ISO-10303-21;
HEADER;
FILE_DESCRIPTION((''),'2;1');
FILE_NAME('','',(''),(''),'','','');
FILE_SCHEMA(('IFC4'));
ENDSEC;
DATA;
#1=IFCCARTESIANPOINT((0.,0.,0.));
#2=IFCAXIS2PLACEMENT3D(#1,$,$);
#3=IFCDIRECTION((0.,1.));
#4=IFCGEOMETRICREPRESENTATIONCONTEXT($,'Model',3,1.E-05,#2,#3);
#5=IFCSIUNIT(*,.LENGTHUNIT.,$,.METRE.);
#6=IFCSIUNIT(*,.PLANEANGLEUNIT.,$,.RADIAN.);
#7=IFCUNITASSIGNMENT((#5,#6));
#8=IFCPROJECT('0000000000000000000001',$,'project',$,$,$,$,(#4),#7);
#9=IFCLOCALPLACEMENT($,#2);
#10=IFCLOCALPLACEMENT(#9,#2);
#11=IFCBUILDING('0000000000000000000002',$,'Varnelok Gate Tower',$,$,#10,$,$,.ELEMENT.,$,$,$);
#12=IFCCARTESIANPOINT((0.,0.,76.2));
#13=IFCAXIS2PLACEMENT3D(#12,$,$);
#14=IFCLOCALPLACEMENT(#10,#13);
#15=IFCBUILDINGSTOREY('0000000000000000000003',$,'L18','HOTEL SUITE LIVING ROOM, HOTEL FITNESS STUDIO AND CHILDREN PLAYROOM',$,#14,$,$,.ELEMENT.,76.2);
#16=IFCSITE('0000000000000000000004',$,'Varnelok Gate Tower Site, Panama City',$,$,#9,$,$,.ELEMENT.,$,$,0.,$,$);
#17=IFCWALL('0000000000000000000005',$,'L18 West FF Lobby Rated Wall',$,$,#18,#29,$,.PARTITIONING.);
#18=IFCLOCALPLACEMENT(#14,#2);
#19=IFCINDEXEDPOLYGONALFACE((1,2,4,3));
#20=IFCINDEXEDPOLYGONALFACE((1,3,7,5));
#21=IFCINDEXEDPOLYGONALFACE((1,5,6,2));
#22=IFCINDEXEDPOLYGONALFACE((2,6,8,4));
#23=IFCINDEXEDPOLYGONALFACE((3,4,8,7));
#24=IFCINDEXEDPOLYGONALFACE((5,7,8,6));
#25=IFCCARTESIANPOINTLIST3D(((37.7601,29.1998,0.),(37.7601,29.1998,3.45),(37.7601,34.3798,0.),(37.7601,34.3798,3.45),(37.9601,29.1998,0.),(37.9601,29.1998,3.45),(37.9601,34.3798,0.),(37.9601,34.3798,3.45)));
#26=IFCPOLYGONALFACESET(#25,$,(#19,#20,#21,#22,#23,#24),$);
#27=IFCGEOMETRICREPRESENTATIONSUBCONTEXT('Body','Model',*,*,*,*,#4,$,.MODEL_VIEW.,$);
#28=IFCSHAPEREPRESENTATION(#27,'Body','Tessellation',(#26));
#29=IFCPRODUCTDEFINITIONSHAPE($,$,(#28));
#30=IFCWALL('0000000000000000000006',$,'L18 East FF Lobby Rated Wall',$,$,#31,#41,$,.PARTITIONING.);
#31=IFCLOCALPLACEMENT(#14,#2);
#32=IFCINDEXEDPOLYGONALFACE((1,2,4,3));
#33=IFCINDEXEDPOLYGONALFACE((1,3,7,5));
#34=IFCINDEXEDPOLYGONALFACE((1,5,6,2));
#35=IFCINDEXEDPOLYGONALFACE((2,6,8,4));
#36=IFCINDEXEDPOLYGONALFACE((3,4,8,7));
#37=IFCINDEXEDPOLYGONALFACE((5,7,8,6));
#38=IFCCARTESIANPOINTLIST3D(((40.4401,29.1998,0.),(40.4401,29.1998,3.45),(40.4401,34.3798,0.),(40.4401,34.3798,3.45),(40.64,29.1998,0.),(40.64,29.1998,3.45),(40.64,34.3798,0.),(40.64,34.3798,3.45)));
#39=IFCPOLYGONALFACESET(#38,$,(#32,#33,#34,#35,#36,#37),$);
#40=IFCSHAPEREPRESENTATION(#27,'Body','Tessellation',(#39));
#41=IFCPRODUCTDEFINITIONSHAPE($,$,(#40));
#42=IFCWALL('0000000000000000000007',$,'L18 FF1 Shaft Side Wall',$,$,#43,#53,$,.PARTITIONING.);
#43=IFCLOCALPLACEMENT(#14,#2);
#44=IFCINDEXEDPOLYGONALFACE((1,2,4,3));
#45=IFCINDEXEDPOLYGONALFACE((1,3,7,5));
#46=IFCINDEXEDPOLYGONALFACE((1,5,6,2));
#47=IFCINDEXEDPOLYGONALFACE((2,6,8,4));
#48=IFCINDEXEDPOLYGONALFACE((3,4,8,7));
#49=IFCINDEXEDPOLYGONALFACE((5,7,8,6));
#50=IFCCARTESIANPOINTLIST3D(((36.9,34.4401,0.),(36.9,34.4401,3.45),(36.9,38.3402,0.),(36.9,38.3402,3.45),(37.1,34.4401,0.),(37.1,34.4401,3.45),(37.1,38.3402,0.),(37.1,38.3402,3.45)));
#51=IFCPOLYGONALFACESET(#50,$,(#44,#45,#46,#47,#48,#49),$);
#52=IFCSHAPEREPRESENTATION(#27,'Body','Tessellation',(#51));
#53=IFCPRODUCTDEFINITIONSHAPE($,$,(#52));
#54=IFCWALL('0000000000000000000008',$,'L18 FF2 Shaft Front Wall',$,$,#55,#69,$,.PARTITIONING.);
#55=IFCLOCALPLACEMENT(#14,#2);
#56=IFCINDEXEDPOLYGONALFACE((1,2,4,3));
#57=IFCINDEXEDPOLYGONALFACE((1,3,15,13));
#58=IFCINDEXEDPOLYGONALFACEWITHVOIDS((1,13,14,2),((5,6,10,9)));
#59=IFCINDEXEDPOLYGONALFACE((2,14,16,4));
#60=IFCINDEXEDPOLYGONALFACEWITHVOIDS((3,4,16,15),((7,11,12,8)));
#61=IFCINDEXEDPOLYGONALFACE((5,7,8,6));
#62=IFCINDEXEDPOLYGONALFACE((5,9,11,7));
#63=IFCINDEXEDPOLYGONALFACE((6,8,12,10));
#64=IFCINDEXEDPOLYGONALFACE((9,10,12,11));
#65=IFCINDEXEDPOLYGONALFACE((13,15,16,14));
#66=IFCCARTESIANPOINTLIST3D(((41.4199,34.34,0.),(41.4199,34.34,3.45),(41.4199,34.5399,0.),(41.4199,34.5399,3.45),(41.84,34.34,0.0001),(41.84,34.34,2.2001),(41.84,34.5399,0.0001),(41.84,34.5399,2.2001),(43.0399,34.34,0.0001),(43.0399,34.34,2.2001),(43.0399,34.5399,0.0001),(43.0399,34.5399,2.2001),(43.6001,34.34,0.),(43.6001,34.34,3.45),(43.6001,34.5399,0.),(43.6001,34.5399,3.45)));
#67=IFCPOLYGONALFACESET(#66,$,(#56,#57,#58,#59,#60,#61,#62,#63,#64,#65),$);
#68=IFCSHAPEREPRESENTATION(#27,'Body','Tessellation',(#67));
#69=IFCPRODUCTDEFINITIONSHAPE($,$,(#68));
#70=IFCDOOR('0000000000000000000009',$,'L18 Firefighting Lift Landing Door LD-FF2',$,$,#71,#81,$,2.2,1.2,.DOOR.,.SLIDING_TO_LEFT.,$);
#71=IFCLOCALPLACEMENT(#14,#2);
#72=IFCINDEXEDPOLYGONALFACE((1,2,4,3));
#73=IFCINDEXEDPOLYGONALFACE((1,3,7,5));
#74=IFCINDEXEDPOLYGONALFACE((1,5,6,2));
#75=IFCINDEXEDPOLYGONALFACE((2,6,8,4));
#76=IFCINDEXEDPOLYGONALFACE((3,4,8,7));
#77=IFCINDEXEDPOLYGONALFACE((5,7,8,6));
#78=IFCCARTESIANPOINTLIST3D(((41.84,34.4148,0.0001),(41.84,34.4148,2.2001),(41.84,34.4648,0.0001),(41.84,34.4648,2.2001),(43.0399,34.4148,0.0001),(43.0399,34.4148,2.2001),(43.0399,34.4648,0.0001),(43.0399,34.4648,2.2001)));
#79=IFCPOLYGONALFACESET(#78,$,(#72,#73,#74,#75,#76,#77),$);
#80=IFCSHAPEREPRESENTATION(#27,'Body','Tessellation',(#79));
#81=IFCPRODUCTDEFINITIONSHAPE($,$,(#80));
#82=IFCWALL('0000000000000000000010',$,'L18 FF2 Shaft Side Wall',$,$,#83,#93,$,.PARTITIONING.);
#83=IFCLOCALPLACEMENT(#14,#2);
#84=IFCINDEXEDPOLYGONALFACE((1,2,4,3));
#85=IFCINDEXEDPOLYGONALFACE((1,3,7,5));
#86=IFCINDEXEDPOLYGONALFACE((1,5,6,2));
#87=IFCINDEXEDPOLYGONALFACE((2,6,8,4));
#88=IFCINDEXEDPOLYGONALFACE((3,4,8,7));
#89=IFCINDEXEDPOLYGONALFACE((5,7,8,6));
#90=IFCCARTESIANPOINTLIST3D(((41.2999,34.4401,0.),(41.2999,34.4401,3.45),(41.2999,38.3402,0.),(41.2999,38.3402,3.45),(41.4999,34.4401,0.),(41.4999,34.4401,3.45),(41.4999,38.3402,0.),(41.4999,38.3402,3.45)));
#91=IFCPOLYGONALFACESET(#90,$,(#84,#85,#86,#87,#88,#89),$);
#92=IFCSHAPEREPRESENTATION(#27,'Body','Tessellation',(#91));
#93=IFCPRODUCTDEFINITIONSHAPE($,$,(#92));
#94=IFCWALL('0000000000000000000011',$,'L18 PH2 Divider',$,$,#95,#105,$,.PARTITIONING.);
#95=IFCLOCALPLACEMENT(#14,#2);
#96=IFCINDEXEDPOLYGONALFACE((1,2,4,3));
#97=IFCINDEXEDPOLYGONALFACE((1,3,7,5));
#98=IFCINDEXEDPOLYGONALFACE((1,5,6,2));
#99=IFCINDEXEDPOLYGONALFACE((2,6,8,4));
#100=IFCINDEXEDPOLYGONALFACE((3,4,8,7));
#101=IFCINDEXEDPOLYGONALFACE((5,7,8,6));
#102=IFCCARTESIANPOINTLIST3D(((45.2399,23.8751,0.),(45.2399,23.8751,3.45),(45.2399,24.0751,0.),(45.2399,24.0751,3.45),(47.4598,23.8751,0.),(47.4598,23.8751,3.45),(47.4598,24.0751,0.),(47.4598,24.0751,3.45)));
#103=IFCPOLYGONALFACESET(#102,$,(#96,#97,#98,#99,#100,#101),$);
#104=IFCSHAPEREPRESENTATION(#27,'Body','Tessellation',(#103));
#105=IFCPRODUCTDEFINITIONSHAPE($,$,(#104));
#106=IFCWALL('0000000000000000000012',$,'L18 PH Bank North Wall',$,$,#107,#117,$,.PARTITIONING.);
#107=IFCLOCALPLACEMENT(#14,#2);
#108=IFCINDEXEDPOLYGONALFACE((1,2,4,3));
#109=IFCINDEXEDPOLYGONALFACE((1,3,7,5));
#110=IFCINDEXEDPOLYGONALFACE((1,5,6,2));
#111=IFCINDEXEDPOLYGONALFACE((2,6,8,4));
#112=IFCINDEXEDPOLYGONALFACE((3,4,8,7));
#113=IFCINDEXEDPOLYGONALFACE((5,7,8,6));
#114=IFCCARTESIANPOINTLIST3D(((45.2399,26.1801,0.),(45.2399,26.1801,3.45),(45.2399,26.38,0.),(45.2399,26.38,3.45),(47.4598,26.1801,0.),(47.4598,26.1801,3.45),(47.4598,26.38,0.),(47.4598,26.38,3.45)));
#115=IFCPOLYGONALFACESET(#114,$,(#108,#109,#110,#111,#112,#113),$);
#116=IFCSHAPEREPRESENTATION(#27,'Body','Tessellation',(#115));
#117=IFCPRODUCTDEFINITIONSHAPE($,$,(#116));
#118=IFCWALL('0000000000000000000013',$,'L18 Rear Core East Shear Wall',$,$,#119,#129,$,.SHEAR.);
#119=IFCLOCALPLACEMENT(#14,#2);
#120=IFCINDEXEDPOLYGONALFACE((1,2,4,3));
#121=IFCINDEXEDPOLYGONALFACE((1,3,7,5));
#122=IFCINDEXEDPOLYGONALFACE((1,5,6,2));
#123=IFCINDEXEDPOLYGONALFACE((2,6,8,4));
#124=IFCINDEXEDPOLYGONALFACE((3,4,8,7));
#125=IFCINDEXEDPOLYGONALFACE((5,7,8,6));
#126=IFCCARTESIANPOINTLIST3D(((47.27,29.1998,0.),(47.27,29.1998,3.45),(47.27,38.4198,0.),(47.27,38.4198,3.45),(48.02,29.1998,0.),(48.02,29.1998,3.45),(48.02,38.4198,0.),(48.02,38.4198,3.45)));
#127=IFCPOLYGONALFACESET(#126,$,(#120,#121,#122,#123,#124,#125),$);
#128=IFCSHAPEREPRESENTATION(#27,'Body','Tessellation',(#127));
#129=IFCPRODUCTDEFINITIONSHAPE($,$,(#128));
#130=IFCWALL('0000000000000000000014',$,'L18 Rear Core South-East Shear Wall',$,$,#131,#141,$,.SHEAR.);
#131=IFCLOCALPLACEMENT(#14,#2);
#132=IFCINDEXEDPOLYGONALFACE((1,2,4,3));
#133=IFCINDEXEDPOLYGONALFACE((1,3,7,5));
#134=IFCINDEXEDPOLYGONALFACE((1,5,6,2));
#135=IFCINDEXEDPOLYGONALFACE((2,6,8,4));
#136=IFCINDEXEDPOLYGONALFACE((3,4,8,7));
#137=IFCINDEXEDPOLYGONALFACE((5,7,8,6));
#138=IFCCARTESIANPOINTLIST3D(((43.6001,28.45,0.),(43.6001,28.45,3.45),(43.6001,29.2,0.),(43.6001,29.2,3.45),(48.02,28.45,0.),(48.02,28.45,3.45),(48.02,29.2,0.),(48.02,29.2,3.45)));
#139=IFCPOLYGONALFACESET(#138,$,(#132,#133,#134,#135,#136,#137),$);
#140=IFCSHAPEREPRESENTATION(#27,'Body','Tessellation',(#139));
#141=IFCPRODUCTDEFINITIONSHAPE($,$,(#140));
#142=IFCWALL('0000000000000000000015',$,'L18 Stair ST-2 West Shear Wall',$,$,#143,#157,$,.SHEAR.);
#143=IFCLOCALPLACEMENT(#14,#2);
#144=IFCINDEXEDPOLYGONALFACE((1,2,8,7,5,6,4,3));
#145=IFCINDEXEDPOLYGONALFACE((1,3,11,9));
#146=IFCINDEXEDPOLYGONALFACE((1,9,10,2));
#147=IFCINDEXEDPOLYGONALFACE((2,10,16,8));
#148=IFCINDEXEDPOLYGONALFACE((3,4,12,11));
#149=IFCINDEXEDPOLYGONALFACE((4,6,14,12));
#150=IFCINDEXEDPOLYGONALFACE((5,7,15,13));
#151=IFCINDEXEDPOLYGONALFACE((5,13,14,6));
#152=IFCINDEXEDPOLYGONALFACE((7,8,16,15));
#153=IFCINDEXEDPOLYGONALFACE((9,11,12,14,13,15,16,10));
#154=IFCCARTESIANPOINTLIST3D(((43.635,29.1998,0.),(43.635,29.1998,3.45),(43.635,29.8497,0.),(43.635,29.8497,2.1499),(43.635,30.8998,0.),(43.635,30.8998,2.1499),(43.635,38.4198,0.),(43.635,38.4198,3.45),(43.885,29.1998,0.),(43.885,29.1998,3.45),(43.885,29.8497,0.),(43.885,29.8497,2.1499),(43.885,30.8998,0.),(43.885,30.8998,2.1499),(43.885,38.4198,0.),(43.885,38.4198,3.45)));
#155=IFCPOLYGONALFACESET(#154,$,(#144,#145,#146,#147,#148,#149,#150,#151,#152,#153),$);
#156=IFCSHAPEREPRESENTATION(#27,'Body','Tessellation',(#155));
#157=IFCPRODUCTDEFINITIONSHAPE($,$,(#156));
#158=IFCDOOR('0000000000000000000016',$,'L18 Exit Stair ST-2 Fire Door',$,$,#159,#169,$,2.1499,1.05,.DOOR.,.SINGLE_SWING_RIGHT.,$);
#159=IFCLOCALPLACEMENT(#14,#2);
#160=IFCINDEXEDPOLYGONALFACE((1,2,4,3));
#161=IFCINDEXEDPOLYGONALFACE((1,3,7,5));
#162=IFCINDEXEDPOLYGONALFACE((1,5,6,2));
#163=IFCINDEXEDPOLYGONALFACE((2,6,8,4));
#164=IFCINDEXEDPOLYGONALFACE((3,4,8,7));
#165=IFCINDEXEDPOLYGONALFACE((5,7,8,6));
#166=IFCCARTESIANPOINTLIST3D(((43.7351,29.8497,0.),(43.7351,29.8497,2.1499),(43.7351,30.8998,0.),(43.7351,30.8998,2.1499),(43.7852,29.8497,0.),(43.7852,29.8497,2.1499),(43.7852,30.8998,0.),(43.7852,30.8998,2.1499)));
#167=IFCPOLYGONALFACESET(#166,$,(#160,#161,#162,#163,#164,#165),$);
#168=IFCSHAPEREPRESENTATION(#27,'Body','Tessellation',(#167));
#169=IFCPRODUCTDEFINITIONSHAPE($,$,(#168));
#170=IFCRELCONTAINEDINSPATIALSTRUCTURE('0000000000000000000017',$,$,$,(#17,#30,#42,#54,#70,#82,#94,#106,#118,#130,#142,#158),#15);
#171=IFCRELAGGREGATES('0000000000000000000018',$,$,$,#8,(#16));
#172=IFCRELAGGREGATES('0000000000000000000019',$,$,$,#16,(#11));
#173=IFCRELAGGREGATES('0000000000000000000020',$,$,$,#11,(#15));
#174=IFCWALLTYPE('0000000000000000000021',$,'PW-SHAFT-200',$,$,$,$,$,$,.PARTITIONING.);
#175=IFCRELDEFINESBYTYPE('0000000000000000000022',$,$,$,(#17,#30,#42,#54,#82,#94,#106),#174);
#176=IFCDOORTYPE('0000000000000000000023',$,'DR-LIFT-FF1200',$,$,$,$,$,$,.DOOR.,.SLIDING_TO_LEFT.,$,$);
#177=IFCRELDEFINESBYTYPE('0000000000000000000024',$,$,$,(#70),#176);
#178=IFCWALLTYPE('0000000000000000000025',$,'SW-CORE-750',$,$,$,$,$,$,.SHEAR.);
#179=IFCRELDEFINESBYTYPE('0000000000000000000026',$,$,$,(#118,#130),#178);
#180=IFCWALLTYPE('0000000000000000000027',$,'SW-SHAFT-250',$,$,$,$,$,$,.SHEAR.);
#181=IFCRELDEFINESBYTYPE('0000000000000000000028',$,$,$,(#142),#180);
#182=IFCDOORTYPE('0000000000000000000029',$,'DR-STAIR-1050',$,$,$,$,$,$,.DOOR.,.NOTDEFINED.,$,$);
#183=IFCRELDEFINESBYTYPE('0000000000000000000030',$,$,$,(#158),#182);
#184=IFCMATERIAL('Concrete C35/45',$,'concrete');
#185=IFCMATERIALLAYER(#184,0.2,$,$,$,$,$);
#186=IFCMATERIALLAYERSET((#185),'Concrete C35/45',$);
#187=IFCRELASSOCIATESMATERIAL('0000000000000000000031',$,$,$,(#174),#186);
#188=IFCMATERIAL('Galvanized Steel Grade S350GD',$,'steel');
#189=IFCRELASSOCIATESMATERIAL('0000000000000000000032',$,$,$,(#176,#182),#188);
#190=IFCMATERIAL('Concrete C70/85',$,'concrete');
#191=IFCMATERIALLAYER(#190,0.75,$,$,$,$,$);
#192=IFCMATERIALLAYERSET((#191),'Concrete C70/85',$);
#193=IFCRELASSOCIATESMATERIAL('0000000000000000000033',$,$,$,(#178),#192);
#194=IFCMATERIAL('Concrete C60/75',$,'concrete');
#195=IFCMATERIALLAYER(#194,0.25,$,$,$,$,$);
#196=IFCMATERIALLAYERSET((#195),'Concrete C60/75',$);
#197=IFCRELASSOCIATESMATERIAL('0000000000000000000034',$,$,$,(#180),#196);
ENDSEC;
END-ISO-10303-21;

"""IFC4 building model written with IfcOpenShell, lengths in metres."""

from ifc_helpers import new_model, si_unit, direction, frame, frame_2d, origin, place, context, subcontext, project, spatial, rectangle, extrude, material, layer, layer_set, type_object, element, fill, save


model = new_model("IFC4")

# Units and contexts
model_context = context("Model", 3, precision=1e-05, world=origin(), true_north=direction((0.0, 1.0)))
body_context = subcontext(model_context, "Body", "Model", "MODEL_VIEW")
ifc_project = project(units=[si_unit("LENGTHUNIT", "METRE"), si_unit("PLANEANGLEUNIT", "RADIAN")], contexts=[model_context])

# Site, building, storey
site_placement = place(None, origin())
site = spatial("IfcSite", under=ifc_project, at=site_placement, Name="Varnelok Gate Tower Site, Panama City", CompositionType="ELEMENT", RefElevation=0.0)
building_placement = place(site_placement, origin())
building = spatial("IfcBuilding", under=site, at=building_placement, Name="Varnelok Gate Tower", CompositionType="ELEMENT")
storey_placement = place(building_placement, frame((0.0, 0.0, 76.2)))
storey = spatial("IfcBuildingStorey", under=building, at=storey_placement, Name="L18", Description="HOTEL SUITE LIVING ROOM, HOTEL FITNESS STUDIO AND CHILDREN PLAYROOM", CompositionType="ELEMENT", Elevation=76.2)

# Shared definitions
ifc_material_1 = material(Name="Concrete C70/85", Category="concrete")

# Shared definitions
ifc_material_2 = material(Name="Galvanized Steel Grade S350GD", Category="steel")

# Walls
ifc_material_3 = material(Name="Concrete C35/45", Category="concrete")
ifc_layer_1 = layer(ifc_material_3, 0.2)
ifc_layer_set_1 = layer_set([ifc_layer_1], Name="Concrete C35/45")
wall_type_1 = type_object("IfcWallType", Name="PW-SHAFT-200", PredefinedType="PARTITIONING", material=ifc_layer_set_1)
for number, where, z_axis, x_axis, name in (
    (1, (37.8601, 29.2, 0.0), (0.0, 0.0, 1.0), (0.0, 1.0, 0.0), "L18 West FF Lobby Rated Wall"),
    (2, (40.54, 29.2, 0.0), (0.0, 0.0, 1.0), (0.0, 1.0, 0.0), "L18 East FF Lobby Rated Wall"),
):
    element("IfcWall", number, at=place(storey_placement, frame(where, z_axis=z_axis, x_axis=x_axis)), inside=storey, type_object=wall_type_1, Name=name, PredefinedType="PARTITIONING", context=body_context, shape_type="SweptSolid", body=[
        extrude(rectangle(XDim=5.1799, YDim=0.2, at=frame_2d((2.5898, 0.0))), origin(), (0.0, 0.0, 1.0), 3.45),
    ])
wall_1_placement = place(storey_placement, frame((37.0, 34.4399, 0.0), z_axis=(0.0, 0.0, 1.0), x_axis=(0.0, 1.0, 0.0)))
element("IfcWall", 3, at=wall_1_placement, inside=storey, type_object=wall_type_1, Name="L18 FF1 Shaft Side Wall", PredefinedType="PARTITIONING", context=body_context, shape_type="SweptSolid", body=[
    extrude(rectangle(XDim=3.9001, YDim=0.2, at=frame_2d((1.9502, 0.0))), origin(), (0.0, 0.0, 1.0), 3.45),
])

# Wall, opening, door
wall_2_placement = place(storey_placement, frame((41.4199, 34.4399, 0.0), z_axis=(0.0, 0.0, 1.0), x_axis=(1.0, 0.0, 0.0)))
wall_2 = element("IfcWall", 4, at=wall_2_placement, inside=storey, type_object=wall_type_1, Name="L18 FF2 Shaft Front Wall", PredefinedType="PARTITIONING", context=body_context, shape_type="SweptSolid", body=[
    extrude(rectangle(XDim=2.1802, YDim=0.2, at=frame_2d((1.0901, 0.0))), origin(), (0.0, 0.0, 1.0), 3.45),
])
opening_1_placement = place(wall_2_placement, frame((0.4199, 0.0, 0.0)))
opening_1 = element("IfcOpeningElement", 5, at=opening_1_placement, cuts=wall_2, PredefinedType="OPENING", context=body_context, shape_type="SweptSolid", body=[
    extrude(rectangle(XDim=1.2, YDim=2.2, at=frame_2d((0.6001, 1.1001))), frame((0.0, 0.1099, 0.0), z_axis=(0.0, -1.0, 0.0), x_axis=(1.0, 0.0, 0.0)), (0.0, 0.0, 1.0), 0.22),
])
door_type_1 = type_object("IfcDoorType", Name="DR-LIFT-FF1200", OperationType="SLIDING_TO_LEFT", PredefinedType="DOOR", material=ifc_material_2)
door_1_placement = place(opening_1_placement, origin())
door_1 = element("IfcDoor", 6, at=door_1_placement, inside=storey, type_object=door_type_1, Name="L18 Firefighting Lift Landing Door LD-FF2", OperationType="SLIDING_TO_LEFT", OverallHeight=2.2, OverallWidth=1.2, PredefinedType="DOOR", context=body_context, shape_type="SweptSolid", body=[
    extrude(rectangle(XDim=1.2, YDim=2.2, at=frame_2d((0.6001, 1.1001))), frame((0.0, 0.0249, 0.0), z_axis=(0.0, -1.0, 0.0), x_axis=(1.0, 0.0, 0.0)), (0.0, 0.0, 1.0), 0.05),
])
fill(opening_1, door_1)

# Walls
wall_3_placement = place(storey_placement, frame((41.3999, 34.4399, 0.0), z_axis=(0.0, 0.0, 1.0), x_axis=(0.0, 1.0, 0.0)))
element("IfcWall", 7, at=wall_3_placement, inside=storey, type_object=wall_type_1, Name="L18 FF2 Shaft Side Wall", PredefinedType="PARTITIONING", context=body_context, shape_type="SweptSolid", body=[
    extrude(rectangle(XDim=3.9001, YDim=0.2, at=frame_2d((1.9502, 0.0))), origin(), (0.0, 0.0, 1.0), 3.45),
])
for number, where, z_axis, x_axis, name in (
    (8, (45.24, 23.9751, 0.0), (0.0, 0.0, 1.0), (1.0, 0.0, 0.0), "L18 PH2 Divider"),
    (9, (45.24, 26.28, 0.0), (0.0, 0.0, 1.0), (1.0, 0.0, 0.0), "L18 PH Bank North Wall"),
):
    element("IfcWall", number, at=place(storey_placement, frame(where, z_axis=z_axis, x_axis=x_axis)), inside=storey, type_object=wall_type_1, Name=name, PredefinedType="PARTITIONING", context=body_context, shape_type="SweptSolid", body=[
        extrude(rectangle(XDim=2.22, YDim=0.2, at=frame_2d((1.1099, 0.0))), origin(), (0.0, 0.0, 1.0), 3.45),
    ])
ifc_layer_2 = layer(ifc_material_1, 0.75)
ifc_layer_set_2 = layer_set([ifc_layer_2], Name="Concrete C70/85")
wall_type_2 = type_object("IfcWallType", Name="SW-CORE-750", PredefinedType="SHEAR", material=ifc_layer_set_2)
wall_4_placement = place(storey_placement, frame((47.645, 29.2, 0.0), z_axis=(0.0, 0.0, 1.0), x_axis=(0.0, 1.0, 0.0)))
element("IfcWall", 10, at=wall_4_placement, inside=storey, type_object=wall_type_2, Name="L18 Rear Core East Shear Wall", PredefinedType="SHEAR", context=body_context, shape_type="SweptSolid", body=[
    extrude(rectangle(XDim=9.22, YDim=0.75, at=frame_2d((4.6099, 0.0))), origin(), (0.0, 0.0, 1.0), 3.45),
])
wall_5_placement = place(storey_placement, frame((43.6001, 28.825, 0.0), z_axis=(0.0, 0.0, 1.0), x_axis=(1.0, 0.0, 0.0)))
element("IfcWall", 11, at=wall_5_placement, inside=storey, type_object=wall_type_2, Name="L18 Rear Core South-East Shear Wall", PredefinedType="SHEAR", context=body_context, shape_type="SweptSolid", body=[
    extrude(rectangle(XDim=4.4199, YDim=0.75, at=frame_2d((2.21, 0.0))), origin(), (0.0, 0.0, 1.0), 3.45),
])

# Wall, opening, door
ifc_material_4 = material(Name="Concrete C60/75", Category="concrete")
ifc_layer_3 = layer(ifc_material_4, 0.25)
ifc_layer_set_3 = layer_set([ifc_layer_3], Name="Concrete C60/75")
wall_type_3 = type_object("IfcWallType", Name="SW-SHAFT-250", PredefinedType="SHEAR", material=ifc_layer_set_3)
wall_6_placement = place(storey_placement, frame((43.76, 29.2, 0.0), z_axis=(0.0, 0.0, 1.0), x_axis=(0.0, 1.0, 0.0)))
wall_6 = element("IfcWall", 12, at=wall_6_placement, inside=storey, type_object=wall_type_3, Name="L18 Stair ST-2 West Shear Wall", PredefinedType="SHEAR", context=body_context, shape_type="SweptSolid", body=[
    extrude(rectangle(XDim=9.22, YDim=0.25, at=frame_2d((4.6099, 0.0))), origin(), (0.0, 0.0, 1.0), 3.45),
])
opening_2_placement = place(wall_6_placement, frame((0.6499, 0.0, 0.0)))
opening_2 = element("IfcOpeningElement", 13, at=opening_2_placement, cuts=wall_6, PredefinedType="OPENING", context=body_context, shape_type="SweptSolid", body=[
    extrude(rectangle(XDim=1.05, YDim=2.1499, at=frame_2d((0.5249, 1.075))), frame((0.0, 0.135, 0.0), z_axis=(0.0, -1.0, 0.0), x_axis=(1.0, 0.0, 0.0)), (0.0, 0.0, 1.0), 0.27),
])
door_type_2 = type_object("IfcDoorType", Name="DR-STAIR-1050", OperationType="NOTDEFINED", PredefinedType="DOOR", material=ifc_material_2)
door_2_placement = place(opening_2_placement, origin())
door_2 = element("IfcDoor", 14, at=door_2_placement, inside=storey, type_object=door_type_2, Name="L18 Exit Stair ST-2 Fire Door", OperationType="SINGLE_SWING_RIGHT", OverallHeight=2.1499, OverallWidth=1.05, PredefinedType="DOOR", context=body_context, shape_type="SweptSolid", body=[
    extrude(rectangle(XDim=1.05, YDim=2.1499, at=frame_2d((0.5249, 1.075))), frame((0.0, 0.0249, 0.0), z_axis=(0.0, -1.0, 0.0), x_axis=(1.0, 0.0, 0.0)), (0.0, 0.0, 1.0), 0.05),
])
fill(opening_2, door_2)

save(model, "model.ifc")
